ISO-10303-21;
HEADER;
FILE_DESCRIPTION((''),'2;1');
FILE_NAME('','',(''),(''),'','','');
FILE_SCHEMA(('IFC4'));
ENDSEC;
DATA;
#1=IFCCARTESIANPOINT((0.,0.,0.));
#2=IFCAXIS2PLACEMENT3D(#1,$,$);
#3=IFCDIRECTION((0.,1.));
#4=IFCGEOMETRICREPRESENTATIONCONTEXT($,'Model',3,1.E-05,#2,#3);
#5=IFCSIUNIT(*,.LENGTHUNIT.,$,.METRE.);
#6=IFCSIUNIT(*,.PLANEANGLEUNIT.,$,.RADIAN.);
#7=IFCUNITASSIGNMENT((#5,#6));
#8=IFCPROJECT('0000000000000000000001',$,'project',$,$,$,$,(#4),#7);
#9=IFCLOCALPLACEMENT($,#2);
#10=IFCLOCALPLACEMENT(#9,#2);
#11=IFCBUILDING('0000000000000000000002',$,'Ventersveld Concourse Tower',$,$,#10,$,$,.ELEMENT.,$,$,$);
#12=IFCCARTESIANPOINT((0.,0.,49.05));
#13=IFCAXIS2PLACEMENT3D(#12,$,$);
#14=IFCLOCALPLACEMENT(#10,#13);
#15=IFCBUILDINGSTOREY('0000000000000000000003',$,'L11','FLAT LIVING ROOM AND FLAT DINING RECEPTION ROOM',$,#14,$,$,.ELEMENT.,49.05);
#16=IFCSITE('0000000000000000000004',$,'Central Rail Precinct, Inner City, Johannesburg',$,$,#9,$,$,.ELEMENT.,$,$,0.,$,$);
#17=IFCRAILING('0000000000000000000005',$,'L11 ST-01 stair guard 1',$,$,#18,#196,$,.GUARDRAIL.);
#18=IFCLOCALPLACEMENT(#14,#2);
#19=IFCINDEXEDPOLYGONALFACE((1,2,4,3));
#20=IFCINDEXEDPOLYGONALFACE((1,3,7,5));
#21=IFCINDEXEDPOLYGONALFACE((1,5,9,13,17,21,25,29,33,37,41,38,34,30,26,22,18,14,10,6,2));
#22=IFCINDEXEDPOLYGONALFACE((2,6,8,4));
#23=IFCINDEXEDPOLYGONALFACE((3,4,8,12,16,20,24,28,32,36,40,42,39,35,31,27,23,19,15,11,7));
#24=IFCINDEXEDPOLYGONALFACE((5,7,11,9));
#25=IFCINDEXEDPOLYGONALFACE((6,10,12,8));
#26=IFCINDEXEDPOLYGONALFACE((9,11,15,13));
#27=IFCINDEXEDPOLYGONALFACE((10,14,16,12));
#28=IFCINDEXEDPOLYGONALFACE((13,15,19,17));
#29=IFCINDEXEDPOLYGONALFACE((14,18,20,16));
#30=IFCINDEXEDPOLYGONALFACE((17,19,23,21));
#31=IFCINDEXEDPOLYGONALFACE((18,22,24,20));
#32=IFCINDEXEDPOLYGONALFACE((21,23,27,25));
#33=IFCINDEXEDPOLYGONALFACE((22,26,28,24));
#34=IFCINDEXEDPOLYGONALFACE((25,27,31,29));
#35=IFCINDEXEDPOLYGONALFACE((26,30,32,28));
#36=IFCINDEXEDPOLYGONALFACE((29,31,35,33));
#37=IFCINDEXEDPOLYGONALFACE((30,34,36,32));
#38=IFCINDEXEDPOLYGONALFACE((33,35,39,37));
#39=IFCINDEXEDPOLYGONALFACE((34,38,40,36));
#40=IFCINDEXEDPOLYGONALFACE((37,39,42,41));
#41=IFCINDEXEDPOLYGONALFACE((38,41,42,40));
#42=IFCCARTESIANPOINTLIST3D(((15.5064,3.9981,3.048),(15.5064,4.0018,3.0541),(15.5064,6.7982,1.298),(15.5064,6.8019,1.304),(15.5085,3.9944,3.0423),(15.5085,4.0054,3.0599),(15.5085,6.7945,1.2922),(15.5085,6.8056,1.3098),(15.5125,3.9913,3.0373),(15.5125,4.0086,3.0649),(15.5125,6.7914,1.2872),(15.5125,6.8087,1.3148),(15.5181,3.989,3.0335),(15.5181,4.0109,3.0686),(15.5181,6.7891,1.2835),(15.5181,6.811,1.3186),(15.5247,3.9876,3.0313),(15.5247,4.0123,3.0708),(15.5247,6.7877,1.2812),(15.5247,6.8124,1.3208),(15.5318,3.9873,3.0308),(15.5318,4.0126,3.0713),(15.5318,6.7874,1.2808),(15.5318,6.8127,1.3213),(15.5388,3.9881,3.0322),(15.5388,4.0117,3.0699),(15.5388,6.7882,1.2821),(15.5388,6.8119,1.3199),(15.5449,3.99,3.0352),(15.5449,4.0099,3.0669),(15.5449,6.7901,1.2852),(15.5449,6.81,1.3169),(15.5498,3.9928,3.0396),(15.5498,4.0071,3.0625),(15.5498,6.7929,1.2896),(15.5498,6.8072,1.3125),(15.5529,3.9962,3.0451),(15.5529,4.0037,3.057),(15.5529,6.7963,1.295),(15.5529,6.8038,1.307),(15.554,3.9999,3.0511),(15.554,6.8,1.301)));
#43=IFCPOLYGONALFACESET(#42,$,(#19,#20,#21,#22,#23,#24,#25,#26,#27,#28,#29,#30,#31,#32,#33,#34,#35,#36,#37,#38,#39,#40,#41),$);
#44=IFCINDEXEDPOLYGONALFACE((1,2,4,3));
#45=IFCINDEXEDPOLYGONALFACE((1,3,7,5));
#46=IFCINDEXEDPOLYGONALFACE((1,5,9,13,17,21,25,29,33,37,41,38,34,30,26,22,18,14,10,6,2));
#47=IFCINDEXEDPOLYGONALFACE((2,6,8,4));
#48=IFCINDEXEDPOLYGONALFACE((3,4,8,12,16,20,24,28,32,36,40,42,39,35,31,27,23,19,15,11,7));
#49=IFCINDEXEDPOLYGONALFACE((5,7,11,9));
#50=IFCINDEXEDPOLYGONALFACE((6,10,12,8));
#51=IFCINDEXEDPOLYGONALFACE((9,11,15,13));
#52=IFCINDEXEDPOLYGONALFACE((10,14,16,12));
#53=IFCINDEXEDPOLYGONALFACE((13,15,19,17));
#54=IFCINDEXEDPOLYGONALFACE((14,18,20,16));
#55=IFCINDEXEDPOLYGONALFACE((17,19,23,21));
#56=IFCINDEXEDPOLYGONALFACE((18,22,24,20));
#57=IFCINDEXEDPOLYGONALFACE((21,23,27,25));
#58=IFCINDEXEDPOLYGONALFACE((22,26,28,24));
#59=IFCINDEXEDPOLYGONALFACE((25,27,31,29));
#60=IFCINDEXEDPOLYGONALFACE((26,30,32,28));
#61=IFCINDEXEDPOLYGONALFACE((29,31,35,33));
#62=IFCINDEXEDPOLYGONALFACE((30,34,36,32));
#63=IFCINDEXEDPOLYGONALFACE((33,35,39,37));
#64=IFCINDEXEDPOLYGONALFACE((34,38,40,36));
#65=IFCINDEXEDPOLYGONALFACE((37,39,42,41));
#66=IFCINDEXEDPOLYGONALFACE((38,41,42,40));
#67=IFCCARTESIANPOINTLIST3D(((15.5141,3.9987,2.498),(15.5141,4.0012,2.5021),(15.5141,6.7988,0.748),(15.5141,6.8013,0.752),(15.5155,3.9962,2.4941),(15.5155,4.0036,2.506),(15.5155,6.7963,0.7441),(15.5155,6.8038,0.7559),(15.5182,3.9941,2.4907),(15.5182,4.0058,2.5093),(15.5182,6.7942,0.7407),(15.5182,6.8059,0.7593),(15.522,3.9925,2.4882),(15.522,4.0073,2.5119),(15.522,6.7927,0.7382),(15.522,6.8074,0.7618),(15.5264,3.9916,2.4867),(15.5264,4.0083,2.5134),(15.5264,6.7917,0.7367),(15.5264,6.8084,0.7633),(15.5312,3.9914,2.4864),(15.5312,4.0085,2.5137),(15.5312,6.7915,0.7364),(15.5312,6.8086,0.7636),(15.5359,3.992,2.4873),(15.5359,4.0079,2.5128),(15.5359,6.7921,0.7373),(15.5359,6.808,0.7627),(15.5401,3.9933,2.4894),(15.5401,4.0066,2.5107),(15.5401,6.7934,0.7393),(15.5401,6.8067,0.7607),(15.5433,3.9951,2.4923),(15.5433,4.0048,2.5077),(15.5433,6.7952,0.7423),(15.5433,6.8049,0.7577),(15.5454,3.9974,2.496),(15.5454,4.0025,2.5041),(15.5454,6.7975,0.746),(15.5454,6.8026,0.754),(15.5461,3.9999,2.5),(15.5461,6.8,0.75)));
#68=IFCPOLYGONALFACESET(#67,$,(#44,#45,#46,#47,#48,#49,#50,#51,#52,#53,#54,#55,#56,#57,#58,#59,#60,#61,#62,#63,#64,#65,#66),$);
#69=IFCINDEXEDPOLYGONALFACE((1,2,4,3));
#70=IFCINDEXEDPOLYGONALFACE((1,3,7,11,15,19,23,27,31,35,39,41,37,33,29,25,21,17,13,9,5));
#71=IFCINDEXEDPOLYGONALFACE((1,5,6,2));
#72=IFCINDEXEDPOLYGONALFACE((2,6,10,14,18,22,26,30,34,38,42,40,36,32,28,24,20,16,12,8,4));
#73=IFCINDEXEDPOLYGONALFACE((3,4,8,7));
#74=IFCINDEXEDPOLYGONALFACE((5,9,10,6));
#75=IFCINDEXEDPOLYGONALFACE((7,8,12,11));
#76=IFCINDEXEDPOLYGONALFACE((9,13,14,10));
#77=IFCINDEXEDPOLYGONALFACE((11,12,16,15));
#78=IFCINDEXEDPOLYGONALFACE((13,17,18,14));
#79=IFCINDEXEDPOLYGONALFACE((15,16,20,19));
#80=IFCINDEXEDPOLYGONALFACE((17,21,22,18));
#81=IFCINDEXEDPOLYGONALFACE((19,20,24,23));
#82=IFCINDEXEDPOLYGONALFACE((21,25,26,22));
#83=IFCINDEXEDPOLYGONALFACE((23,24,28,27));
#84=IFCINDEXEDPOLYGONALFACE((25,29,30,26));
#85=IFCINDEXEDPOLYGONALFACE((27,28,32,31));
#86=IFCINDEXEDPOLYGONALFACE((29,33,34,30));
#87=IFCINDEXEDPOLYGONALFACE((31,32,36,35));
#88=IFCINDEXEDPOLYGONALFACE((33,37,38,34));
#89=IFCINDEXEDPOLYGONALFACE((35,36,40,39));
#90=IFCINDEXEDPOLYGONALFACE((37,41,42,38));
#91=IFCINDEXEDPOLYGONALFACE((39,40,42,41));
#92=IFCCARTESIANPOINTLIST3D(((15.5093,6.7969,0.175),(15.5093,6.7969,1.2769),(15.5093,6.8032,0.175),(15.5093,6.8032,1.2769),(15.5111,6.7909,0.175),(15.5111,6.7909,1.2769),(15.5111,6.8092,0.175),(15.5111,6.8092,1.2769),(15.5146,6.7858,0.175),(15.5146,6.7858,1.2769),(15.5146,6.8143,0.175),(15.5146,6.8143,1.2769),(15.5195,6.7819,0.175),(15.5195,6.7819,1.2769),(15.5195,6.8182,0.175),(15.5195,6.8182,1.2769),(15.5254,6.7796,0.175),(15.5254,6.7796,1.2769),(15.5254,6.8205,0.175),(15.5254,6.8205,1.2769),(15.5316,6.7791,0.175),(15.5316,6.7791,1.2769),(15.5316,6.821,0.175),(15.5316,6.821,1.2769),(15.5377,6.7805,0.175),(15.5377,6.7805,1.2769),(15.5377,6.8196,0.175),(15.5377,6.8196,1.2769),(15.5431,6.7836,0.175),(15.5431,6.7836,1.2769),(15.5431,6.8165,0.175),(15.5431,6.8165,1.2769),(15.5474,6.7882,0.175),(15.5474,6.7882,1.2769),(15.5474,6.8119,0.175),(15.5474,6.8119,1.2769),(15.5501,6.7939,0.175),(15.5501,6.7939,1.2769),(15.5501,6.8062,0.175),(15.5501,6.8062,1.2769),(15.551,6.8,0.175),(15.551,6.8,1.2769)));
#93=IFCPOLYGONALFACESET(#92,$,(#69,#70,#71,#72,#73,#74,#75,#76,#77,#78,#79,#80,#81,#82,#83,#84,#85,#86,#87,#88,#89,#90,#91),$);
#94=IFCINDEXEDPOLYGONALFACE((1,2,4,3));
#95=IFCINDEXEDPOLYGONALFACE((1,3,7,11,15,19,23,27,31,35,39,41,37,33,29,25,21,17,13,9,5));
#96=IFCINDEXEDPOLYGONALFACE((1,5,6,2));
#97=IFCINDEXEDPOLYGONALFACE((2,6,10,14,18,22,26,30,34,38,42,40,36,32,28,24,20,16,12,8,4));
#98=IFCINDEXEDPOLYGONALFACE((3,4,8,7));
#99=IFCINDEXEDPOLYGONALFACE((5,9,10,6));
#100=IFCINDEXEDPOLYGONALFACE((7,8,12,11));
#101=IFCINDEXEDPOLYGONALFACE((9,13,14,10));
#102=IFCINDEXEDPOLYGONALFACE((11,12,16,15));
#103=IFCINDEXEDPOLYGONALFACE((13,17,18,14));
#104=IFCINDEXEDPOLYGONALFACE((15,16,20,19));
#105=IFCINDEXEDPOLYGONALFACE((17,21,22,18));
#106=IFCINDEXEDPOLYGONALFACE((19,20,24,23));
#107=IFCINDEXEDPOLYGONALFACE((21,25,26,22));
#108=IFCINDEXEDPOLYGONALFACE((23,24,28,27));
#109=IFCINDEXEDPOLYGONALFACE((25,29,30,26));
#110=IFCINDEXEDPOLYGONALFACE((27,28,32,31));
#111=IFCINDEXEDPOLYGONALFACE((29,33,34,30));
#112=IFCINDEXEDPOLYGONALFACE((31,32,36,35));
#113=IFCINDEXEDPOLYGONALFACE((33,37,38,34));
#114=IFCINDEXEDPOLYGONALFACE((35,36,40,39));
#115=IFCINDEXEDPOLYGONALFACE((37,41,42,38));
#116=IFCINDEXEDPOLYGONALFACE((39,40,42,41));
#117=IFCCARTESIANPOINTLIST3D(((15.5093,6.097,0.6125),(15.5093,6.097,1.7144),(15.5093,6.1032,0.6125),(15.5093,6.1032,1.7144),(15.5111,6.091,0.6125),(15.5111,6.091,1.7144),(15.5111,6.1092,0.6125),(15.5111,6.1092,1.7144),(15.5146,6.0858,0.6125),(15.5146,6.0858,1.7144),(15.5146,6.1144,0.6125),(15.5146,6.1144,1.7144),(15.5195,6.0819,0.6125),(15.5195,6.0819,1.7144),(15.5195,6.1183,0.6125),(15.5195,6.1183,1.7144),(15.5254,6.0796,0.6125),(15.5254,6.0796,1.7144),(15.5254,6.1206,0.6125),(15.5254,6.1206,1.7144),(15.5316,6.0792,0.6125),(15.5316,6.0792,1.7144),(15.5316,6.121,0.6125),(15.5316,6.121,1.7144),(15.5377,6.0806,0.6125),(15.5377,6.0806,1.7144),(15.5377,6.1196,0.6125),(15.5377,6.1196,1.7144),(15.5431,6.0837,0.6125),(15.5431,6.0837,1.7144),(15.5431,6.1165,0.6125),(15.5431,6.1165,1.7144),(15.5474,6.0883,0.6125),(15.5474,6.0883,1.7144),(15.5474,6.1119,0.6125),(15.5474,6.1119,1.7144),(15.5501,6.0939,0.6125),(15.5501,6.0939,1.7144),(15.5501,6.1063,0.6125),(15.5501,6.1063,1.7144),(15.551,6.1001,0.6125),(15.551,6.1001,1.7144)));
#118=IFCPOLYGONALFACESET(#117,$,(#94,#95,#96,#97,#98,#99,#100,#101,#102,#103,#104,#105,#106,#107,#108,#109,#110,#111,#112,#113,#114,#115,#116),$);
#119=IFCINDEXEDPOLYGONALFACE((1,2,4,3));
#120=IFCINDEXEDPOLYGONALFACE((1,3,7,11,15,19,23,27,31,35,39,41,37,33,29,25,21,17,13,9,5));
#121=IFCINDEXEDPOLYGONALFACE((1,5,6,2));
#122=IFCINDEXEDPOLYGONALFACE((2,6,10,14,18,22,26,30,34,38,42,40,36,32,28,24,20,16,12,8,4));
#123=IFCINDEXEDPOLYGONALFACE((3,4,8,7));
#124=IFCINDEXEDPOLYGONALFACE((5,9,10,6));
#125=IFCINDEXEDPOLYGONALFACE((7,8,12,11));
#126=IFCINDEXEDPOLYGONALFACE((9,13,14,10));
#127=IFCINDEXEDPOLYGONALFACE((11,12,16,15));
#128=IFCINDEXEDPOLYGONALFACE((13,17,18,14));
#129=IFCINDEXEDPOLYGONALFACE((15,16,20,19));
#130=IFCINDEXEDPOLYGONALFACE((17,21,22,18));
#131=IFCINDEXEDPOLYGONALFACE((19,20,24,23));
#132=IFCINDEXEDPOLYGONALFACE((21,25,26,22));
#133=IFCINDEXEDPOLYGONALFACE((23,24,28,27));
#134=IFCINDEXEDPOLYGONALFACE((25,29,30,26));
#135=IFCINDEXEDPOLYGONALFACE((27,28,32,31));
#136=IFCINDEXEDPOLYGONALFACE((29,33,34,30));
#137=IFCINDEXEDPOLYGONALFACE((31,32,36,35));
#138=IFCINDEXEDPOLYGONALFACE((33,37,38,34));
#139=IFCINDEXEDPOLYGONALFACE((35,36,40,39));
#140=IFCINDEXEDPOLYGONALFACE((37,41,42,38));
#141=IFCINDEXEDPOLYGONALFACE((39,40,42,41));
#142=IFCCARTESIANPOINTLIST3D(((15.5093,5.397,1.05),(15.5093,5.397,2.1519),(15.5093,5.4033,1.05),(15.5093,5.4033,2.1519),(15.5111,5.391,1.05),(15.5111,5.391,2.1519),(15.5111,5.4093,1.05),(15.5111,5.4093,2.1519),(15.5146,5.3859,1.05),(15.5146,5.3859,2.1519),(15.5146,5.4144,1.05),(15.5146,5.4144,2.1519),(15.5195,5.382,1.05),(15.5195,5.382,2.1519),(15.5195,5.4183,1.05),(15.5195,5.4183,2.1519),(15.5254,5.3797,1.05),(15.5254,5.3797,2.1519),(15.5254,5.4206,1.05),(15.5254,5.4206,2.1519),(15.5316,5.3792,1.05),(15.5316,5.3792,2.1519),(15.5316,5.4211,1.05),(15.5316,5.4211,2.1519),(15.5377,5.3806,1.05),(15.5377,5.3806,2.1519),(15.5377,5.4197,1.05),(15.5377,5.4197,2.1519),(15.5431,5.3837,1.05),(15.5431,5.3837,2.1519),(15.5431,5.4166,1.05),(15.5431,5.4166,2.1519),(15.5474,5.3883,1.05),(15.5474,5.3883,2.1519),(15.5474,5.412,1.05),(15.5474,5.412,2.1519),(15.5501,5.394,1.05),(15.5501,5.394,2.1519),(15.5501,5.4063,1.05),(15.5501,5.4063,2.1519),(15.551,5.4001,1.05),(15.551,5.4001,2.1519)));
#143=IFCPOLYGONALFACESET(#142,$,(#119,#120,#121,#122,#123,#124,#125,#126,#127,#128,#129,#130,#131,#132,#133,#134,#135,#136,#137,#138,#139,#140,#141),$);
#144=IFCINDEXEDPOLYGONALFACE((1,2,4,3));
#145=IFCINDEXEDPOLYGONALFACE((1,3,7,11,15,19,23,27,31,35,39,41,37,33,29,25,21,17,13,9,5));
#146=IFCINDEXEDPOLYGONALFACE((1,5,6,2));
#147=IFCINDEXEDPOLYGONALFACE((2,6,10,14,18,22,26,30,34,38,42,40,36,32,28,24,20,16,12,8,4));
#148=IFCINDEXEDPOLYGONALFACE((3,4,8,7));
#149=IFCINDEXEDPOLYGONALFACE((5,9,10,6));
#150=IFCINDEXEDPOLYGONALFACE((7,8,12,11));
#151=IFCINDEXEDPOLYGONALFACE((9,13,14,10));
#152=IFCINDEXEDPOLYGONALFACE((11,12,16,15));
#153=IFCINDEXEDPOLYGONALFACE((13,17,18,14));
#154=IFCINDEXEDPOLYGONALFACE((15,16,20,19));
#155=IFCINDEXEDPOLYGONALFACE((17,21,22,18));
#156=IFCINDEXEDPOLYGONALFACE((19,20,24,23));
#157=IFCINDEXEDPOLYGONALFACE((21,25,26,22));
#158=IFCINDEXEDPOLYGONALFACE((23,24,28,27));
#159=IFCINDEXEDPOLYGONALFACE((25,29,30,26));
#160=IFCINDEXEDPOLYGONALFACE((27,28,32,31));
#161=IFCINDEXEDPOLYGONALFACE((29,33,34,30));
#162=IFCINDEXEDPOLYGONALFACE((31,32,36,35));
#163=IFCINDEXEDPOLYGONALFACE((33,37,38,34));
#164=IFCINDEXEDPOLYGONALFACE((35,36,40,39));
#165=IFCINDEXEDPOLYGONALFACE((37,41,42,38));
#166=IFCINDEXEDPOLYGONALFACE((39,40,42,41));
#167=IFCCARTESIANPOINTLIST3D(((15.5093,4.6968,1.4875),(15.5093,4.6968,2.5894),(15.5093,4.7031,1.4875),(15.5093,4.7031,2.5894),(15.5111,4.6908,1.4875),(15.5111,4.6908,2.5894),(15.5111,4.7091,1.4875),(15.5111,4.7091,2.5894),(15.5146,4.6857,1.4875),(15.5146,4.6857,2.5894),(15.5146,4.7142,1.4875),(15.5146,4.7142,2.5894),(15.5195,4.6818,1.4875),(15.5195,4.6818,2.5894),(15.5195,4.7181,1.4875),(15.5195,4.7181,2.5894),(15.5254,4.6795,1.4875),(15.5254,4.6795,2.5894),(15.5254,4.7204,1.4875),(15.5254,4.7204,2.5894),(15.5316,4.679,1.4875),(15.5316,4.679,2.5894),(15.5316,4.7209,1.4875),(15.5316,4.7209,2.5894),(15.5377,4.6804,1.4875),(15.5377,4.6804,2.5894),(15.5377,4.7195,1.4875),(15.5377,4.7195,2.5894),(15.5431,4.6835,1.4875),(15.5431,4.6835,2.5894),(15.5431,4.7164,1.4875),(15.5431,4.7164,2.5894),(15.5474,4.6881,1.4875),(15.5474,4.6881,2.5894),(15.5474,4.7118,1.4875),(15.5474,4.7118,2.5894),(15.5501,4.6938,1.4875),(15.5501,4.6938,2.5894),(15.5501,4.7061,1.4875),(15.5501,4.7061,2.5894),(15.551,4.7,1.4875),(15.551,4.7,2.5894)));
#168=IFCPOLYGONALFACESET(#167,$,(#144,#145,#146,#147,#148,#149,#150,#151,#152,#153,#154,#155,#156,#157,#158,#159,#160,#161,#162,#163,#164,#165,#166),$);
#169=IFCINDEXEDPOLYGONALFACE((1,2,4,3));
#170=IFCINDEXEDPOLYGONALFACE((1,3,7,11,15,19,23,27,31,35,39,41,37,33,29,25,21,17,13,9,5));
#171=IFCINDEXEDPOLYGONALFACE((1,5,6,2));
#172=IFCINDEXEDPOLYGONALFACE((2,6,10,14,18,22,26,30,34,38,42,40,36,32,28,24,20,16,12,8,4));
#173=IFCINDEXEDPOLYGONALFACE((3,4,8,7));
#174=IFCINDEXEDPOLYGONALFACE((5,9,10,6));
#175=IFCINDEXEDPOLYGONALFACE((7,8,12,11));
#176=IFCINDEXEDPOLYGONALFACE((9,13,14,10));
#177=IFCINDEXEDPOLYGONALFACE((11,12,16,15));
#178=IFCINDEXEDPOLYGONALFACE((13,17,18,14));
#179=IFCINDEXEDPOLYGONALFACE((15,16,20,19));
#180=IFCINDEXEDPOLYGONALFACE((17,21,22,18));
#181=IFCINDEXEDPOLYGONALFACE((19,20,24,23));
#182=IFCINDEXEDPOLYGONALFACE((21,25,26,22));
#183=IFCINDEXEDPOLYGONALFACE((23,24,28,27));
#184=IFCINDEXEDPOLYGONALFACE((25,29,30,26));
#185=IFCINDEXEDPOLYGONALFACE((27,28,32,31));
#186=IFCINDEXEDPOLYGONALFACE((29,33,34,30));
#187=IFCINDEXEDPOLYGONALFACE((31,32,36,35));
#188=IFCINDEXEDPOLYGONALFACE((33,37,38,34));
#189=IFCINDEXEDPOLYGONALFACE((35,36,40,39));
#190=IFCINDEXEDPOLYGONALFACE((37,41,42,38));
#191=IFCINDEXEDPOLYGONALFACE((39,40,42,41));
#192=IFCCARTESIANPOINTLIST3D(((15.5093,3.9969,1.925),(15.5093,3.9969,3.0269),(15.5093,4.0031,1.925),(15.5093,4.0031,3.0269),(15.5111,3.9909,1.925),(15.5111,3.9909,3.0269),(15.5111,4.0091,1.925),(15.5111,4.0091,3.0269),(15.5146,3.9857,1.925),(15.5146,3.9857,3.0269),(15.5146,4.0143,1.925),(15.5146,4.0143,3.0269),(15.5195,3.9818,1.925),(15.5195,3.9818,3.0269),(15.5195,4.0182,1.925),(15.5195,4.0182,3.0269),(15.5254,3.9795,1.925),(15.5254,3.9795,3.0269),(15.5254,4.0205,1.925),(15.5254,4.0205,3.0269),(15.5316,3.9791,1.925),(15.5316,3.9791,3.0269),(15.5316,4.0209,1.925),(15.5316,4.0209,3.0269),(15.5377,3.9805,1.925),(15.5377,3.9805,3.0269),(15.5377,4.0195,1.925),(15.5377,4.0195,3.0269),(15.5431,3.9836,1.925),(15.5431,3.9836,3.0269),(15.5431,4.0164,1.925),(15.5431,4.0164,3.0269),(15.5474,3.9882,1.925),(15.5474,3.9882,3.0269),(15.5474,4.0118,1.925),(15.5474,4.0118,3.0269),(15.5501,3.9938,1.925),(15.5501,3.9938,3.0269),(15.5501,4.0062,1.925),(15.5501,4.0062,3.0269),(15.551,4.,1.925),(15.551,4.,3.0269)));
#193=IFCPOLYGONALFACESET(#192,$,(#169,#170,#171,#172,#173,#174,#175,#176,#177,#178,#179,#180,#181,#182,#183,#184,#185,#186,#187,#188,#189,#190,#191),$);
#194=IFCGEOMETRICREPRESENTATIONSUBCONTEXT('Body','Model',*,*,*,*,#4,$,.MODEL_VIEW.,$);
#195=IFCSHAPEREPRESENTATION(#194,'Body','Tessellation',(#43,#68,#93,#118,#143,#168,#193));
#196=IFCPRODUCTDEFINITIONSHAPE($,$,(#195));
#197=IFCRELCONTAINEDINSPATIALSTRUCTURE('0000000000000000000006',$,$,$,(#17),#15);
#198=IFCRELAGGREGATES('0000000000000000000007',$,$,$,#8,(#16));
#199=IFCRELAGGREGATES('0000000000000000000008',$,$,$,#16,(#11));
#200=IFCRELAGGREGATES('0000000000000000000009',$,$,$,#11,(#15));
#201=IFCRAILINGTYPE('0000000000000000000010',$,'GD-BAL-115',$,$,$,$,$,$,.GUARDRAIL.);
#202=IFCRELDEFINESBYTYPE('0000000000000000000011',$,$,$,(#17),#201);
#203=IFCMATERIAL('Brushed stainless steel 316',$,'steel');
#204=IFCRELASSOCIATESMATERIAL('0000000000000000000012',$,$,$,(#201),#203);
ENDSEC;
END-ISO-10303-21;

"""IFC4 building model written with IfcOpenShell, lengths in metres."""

from ifc_helpers import new_model, si_unit, direction, frame, origin, origin_2d, place, context, subcontext, project, spatial, circle, extrude, material, type_object, element, save


model = new_model("IFC4")

# Units and contexts
model_context = context("Model", 3, precision=1e-05, world=origin(), true_north=direction((0.0, 1.0)))
body_context = subcontext(model_context, "Body", "Model", "MODEL_VIEW")
ifc_project = project(units=[si_unit("LENGTHUNIT", "METRE"), si_unit("PLANEANGLEUNIT", "RADIAN")], contexts=[model_context])

# Site, building, storey
site_placement = place(None, origin())
site = spatial("IfcSite", under=ifc_project, at=site_placement, Name="Central Rail Precinct, Inner City, Johannesburg", CompositionType="ELEMENT", RefElevation=0.0)
building_placement = place(site_placement, origin())
building = spatial("IfcBuilding", under=site, at=building_placement, Name="Ventersveld Concourse Tower", CompositionType="ELEMENT")
storey_placement = place(building_placement, frame((0.0, 0.0, 49.05)))
storey = spatial("IfcBuildingStorey", under=building, at=storey_placement, Name="L11", Description="FLAT LIVING ROOM AND FLAT DINING RECEPTION ROOM", CompositionType="ELEMENT", Elevation=49.05)

# Shared definitions
ifc_material_1 = material(Name="Brushed stainless steel 316", Category="steel")

# Railing
railing_type = type_object("IfcRailingType", Name="GD-BAL-115", PredefinedType="GUARDRAIL", material=ifc_material_1)
railing_1_placement = place(storey_placement, frame((15.53, 6.8, 0.175)))
element("IfcRailing", 1, at=railing_1_placement, inside=storey, type_object=railing_type, Name="L11 ST-01 stair guard 1", PredefinedType="GUARDRAIL", context=body_context, shape_type="SweptSolid", body=[
    extrude(circle(Radius=0.0239, at=origin_2d()), frame((0.0, 0.0, 1.126), z_axis=(0.0, -0.848002, 0.529992), x_axis=(1.0, 0.0, 0.0)), (0.0, 0.0, 1.0), 3.302),
    extrude(circle(Radius=0.0161, at=origin_2d()), frame((0.0, 0.0, 0.575), z_axis=(0.0, -0.848002, 0.529992), x_axis=(1.0, 0.0, 0.0)), (0.0, 0.0, 1.0), 3.302),
    extrude(circle(Radius=0.021, at=origin_2d()), origin(), (0.0, 0.0, 1.0), 1.1018),
    extrude(circle(Radius=0.021, at=origin_2d()), frame((0.0, -0.7, 0.4375)), (0.0, 0.0, 1.0), 1.1018),
    extrude(circle(Radius=0.021, at=origin_2d()), frame((0.0, -1.3999, 0.875)), (0.0, 0.0, 1.0), 1.1018),
    extrude(circle(Radius=0.021, at=origin_2d()), frame((0.0, -2.1001, 1.3125)), (0.0, 0.0, 1.0), 1.1018),
    extrude(circle(Radius=0.021, at=origin_2d()), frame((0.0, -2.8, 1.75)), (0.0, 0.0, 1.0), 1.1018),
])

save(model, "model.ifc")
